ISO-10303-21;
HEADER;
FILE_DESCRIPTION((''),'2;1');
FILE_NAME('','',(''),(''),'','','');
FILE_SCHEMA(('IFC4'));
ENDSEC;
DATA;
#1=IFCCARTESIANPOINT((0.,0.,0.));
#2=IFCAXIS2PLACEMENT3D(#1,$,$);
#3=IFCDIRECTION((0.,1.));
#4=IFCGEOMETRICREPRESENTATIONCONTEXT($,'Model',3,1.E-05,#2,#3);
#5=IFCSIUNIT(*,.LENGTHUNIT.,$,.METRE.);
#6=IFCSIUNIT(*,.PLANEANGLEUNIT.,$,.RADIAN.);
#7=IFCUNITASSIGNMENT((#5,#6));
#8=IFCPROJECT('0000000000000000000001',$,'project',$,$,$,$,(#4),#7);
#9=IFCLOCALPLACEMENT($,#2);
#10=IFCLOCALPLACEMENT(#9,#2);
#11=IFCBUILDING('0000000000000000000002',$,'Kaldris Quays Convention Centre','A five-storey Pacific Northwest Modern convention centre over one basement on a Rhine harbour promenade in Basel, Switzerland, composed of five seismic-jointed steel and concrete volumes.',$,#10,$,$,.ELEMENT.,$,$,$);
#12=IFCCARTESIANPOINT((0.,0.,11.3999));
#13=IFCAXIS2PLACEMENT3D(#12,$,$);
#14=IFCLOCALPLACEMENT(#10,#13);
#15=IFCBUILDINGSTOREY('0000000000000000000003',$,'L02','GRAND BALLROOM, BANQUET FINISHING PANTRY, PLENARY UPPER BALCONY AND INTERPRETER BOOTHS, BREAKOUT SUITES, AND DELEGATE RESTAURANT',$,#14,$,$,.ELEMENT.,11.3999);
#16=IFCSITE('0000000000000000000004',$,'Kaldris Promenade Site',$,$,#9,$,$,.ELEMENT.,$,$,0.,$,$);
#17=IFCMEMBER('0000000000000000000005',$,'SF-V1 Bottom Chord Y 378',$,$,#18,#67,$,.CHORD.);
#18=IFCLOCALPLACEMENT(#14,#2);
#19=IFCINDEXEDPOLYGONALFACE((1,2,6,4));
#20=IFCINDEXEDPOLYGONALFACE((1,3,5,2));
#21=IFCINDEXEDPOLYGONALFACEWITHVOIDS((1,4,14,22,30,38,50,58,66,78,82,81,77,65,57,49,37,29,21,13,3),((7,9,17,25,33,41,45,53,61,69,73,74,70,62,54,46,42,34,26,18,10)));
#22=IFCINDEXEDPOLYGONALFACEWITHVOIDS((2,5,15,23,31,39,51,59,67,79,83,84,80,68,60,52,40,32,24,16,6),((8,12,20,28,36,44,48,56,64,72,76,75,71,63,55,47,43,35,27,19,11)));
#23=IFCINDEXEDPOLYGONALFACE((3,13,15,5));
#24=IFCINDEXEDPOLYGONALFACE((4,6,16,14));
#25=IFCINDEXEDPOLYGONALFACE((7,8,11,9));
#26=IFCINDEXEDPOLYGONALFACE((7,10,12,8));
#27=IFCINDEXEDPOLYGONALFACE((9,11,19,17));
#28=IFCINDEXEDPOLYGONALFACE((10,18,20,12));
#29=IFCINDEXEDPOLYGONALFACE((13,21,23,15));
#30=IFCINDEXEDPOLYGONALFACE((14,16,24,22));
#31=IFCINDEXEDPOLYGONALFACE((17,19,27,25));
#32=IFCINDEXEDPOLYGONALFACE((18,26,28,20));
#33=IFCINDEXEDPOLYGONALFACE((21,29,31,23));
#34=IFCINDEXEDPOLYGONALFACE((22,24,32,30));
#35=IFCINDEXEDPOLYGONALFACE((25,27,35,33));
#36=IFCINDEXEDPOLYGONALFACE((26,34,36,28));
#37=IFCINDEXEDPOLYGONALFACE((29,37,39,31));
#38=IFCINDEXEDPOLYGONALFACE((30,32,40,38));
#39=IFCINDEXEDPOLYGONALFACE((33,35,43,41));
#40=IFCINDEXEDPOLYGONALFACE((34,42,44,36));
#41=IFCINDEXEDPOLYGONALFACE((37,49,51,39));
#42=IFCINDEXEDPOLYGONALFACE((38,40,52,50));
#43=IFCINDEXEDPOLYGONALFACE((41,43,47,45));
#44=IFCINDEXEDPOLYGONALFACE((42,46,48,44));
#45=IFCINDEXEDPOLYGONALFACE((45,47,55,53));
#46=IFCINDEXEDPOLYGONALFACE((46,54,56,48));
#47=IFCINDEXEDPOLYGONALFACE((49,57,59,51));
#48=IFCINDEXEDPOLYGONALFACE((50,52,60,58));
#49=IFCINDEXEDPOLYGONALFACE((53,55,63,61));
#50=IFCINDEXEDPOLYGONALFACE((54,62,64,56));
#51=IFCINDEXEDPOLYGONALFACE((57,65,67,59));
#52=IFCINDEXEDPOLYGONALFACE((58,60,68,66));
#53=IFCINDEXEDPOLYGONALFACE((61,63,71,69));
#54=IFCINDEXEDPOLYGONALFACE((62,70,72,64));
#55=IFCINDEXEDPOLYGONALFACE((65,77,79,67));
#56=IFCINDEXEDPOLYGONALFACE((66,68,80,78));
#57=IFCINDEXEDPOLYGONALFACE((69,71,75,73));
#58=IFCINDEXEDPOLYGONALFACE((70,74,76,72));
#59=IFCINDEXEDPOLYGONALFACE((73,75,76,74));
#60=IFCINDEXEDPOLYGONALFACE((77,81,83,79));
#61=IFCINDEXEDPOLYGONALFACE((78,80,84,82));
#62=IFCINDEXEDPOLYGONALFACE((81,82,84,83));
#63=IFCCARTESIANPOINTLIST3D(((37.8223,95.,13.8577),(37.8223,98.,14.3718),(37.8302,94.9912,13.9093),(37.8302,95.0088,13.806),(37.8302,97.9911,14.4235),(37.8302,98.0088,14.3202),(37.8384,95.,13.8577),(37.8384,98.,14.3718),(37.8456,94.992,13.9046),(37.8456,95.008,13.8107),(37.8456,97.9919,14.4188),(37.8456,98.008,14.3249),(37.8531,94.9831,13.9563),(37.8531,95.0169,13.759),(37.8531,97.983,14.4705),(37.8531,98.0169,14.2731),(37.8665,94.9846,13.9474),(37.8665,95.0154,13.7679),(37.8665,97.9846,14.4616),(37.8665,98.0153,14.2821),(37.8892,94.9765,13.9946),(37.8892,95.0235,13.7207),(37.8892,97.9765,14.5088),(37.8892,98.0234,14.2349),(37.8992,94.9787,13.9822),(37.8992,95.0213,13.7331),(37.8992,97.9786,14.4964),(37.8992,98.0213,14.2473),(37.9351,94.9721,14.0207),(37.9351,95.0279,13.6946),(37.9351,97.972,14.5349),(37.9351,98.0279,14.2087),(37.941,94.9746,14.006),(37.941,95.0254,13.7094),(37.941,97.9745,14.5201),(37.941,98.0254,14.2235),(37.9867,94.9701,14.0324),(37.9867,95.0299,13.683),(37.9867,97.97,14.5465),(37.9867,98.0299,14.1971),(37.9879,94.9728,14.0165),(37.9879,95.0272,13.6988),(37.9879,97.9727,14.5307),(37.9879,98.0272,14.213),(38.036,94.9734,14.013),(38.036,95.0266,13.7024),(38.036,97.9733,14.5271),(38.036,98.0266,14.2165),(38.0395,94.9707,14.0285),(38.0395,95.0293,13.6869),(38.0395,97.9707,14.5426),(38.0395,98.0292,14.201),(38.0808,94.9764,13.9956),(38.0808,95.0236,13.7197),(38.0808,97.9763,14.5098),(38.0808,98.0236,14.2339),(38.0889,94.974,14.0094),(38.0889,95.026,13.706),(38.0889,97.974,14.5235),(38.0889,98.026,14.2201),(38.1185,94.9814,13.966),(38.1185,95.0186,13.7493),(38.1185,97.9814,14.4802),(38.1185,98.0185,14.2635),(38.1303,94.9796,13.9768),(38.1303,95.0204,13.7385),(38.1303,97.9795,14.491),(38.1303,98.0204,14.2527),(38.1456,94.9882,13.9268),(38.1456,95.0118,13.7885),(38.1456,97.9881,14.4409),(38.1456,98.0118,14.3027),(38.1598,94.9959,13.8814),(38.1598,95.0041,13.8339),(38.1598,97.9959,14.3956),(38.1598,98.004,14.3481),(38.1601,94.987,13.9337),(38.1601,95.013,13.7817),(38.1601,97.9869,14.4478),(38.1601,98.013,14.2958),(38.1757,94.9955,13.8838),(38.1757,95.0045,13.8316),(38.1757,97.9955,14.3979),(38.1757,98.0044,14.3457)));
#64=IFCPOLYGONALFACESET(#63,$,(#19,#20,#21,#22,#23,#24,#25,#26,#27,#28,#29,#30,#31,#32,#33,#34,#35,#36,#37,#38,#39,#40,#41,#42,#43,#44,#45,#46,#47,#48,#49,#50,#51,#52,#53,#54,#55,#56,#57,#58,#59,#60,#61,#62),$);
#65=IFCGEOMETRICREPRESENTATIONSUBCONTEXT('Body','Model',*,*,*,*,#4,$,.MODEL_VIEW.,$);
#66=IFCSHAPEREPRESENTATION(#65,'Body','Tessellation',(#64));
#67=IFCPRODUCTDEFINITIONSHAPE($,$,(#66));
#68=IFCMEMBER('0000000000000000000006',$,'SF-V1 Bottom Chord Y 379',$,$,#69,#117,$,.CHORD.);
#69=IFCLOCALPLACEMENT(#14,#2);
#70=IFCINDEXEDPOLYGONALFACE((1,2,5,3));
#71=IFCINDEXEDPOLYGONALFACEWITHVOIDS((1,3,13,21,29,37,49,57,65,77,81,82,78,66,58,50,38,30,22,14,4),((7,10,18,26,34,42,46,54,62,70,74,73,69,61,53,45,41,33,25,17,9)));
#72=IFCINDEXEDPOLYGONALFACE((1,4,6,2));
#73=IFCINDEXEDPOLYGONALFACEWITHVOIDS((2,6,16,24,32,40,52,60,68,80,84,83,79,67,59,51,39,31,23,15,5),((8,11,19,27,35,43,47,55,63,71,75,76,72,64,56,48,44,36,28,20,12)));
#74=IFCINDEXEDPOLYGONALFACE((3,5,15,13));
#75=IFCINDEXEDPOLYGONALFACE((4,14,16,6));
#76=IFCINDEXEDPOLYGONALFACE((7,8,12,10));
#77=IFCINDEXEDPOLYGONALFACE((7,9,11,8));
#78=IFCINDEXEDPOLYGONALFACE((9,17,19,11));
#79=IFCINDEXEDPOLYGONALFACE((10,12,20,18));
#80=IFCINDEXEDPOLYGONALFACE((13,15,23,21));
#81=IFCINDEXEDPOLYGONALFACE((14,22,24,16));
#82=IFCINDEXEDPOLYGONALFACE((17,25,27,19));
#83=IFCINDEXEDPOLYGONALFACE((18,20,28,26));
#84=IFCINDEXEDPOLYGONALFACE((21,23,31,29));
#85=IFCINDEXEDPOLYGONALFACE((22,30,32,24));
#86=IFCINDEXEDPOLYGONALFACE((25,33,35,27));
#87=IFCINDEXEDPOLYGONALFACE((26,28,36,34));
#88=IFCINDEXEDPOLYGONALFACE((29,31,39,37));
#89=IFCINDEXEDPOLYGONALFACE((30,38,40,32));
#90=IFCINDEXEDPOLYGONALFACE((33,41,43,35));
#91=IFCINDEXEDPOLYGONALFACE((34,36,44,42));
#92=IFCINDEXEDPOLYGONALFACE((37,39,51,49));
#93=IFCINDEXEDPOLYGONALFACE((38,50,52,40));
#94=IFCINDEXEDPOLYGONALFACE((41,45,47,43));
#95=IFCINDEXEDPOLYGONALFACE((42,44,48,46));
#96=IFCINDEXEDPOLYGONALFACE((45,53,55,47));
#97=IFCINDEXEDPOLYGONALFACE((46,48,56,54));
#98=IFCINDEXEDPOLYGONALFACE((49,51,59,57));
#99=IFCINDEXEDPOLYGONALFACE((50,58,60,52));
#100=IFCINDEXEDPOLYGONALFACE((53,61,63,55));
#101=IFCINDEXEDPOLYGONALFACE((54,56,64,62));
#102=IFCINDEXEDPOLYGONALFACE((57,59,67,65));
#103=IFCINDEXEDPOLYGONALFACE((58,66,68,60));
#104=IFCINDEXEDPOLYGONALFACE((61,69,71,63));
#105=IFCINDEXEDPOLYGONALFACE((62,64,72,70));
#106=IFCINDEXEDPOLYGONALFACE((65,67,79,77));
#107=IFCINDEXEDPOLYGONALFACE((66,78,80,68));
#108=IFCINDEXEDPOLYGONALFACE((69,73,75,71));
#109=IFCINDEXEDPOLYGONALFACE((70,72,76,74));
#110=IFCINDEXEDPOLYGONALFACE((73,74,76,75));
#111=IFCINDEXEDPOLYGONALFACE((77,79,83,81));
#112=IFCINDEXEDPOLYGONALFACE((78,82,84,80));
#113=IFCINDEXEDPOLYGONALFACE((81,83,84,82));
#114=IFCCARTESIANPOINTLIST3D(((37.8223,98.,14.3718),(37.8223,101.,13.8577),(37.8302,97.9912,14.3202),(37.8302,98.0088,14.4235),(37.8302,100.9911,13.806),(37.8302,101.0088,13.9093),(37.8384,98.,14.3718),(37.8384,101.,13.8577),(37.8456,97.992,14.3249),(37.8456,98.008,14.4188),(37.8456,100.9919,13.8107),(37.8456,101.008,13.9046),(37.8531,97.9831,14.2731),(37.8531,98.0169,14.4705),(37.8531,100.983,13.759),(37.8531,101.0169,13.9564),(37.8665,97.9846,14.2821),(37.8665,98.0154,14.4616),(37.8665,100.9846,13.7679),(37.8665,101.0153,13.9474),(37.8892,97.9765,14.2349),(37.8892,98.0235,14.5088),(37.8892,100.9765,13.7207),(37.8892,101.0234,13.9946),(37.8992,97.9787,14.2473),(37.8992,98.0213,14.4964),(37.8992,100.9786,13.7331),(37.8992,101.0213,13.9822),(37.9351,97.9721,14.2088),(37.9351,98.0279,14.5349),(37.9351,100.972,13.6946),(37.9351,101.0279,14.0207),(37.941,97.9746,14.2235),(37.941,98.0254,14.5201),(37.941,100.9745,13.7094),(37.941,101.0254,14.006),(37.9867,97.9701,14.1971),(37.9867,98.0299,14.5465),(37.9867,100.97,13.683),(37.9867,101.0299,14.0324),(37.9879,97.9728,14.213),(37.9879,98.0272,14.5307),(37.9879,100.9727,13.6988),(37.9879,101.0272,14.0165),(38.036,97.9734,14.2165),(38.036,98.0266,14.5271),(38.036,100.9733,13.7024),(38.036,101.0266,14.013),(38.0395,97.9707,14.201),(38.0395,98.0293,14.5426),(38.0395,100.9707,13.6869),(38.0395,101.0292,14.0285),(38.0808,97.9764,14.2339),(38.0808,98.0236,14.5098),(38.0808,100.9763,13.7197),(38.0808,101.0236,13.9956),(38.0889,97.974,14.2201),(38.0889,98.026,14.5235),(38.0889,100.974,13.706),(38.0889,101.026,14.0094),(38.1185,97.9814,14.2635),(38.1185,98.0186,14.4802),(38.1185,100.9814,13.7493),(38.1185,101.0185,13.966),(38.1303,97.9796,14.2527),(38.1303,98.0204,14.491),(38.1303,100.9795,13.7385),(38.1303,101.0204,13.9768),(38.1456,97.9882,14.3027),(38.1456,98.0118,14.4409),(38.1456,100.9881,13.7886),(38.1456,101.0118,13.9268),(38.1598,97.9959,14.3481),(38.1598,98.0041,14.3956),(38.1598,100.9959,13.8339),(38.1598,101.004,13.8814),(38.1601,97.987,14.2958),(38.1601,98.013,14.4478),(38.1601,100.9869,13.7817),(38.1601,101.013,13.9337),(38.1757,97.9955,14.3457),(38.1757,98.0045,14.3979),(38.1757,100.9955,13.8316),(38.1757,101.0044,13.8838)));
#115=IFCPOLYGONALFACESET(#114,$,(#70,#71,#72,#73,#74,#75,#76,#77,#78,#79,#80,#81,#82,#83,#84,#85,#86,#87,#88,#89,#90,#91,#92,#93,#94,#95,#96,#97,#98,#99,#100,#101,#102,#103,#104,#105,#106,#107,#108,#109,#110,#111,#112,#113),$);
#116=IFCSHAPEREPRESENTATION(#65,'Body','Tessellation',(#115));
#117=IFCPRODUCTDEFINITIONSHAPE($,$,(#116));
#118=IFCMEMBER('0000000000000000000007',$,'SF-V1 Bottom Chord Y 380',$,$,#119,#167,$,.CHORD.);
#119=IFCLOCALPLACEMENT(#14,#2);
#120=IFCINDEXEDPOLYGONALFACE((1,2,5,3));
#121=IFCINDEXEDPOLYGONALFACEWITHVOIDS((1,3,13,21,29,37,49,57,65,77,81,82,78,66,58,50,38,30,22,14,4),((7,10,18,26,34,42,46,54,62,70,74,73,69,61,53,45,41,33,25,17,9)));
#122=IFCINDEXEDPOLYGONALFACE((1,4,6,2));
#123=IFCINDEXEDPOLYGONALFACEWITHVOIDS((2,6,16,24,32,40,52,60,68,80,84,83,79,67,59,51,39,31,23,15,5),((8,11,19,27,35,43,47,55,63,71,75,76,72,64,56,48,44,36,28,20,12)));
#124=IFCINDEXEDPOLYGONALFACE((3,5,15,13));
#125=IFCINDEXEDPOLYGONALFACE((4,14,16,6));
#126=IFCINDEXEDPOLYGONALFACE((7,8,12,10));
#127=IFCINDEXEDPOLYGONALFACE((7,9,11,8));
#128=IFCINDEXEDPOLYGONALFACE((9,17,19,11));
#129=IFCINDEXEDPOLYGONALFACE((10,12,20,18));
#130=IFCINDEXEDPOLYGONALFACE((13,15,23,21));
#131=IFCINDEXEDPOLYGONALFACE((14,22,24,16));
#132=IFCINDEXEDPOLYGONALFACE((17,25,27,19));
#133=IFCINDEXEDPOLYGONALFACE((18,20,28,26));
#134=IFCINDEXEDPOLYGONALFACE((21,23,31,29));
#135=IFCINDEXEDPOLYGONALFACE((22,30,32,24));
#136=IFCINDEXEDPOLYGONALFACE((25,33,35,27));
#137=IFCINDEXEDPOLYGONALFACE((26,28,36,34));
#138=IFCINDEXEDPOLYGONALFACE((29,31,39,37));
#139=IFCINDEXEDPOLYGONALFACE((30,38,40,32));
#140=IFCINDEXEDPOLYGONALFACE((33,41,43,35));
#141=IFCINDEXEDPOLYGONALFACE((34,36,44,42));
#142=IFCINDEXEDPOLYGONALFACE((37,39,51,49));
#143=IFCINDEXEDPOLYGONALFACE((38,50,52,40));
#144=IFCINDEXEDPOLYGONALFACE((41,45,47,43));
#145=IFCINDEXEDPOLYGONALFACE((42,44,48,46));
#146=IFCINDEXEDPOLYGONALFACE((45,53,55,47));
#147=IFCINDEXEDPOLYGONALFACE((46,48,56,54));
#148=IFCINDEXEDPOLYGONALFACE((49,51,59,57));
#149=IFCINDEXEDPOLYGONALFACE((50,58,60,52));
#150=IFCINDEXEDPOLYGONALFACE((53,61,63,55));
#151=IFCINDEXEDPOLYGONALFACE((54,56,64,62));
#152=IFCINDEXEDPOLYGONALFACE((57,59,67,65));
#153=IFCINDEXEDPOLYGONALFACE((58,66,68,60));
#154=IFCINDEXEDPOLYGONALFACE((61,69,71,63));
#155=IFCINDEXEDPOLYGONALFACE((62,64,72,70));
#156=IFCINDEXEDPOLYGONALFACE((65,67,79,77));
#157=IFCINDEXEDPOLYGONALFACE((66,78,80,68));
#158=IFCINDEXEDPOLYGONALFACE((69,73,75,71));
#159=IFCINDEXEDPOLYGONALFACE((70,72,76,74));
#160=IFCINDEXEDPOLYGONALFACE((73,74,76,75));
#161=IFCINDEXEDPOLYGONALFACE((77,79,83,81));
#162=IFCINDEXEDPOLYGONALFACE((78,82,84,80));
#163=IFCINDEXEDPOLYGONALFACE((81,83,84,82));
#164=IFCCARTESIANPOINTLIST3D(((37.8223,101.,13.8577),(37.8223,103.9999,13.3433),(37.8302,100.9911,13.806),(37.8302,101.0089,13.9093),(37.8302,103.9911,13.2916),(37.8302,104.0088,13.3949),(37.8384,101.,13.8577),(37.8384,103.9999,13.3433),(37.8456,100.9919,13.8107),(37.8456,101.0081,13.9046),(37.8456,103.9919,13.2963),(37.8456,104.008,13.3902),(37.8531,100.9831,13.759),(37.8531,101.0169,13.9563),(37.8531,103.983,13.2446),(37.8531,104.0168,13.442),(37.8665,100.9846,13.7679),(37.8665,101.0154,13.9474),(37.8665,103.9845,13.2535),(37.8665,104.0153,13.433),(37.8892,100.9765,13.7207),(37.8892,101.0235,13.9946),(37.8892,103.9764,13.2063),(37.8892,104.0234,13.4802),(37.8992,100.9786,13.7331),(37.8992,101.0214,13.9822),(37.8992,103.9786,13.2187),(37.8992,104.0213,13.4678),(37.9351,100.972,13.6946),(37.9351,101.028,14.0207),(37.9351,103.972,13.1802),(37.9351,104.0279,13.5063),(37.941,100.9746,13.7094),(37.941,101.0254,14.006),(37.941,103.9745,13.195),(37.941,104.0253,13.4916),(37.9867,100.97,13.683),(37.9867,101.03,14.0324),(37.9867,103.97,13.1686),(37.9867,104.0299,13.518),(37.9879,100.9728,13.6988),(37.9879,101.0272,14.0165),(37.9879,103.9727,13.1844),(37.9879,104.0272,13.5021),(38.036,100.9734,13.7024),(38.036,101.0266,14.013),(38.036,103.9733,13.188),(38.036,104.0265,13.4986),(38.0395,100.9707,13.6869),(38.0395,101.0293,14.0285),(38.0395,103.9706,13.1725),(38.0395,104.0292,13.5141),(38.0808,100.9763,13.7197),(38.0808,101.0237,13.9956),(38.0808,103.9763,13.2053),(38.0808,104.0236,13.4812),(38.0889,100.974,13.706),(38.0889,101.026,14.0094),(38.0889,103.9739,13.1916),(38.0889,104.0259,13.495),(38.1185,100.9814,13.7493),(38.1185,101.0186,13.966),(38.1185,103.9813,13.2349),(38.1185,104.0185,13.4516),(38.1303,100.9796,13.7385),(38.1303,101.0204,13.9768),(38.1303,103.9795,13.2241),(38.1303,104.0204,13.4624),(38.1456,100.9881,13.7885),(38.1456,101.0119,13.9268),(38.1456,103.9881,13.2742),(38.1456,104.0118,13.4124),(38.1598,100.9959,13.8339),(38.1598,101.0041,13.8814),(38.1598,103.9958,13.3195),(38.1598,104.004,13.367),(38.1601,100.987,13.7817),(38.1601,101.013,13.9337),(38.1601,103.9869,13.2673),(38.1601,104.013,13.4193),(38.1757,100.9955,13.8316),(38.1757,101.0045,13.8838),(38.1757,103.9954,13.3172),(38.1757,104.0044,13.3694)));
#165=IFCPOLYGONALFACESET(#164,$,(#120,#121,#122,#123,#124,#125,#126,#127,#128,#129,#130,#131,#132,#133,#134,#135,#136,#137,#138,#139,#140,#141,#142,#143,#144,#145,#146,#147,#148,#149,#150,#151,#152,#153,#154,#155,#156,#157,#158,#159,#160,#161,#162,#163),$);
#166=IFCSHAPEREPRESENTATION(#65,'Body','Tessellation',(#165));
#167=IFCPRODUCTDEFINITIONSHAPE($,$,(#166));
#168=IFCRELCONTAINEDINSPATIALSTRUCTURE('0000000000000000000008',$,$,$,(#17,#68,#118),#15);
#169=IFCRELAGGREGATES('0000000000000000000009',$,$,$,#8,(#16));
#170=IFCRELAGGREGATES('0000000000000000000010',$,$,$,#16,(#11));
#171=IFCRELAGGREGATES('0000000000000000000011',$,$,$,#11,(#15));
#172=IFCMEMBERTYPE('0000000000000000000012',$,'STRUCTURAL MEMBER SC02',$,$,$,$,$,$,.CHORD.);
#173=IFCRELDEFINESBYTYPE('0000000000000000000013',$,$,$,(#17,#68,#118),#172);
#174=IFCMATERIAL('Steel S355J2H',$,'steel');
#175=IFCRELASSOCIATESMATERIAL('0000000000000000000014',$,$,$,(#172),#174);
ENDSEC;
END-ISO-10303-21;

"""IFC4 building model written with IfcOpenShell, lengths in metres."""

from ifc_helpers import new_model, si_unit, direction, frame, origin, origin_2d, place, context, subcontext, project, spatial, hollow_circle, extrude, material, material_profile, profile_set, type_object, element, save


model = new_model("IFC4")

# Units and contexts
model_context = context("Model", 3, precision=1e-05, world=origin(), true_north=direction((0.0, 1.0)))
body_context = subcontext(model_context, "Body", "Model", "MODEL_VIEW")
ifc_project = project(units=[si_unit("LENGTHUNIT", "METRE"), si_unit("PLANEANGLEUNIT", "RADIAN")], contexts=[model_context])

# Site, building, storey
site_placement = place(None, origin())
site = spatial("IfcSite", under=ifc_project, at=site_placement, Name="Kaldris Promenade Site", CompositionType="ELEMENT", RefElevation=0.0)
building_placement = place(site_placement, origin())
building = spatial("IfcBuilding", under=site, at=building_placement, Name="Kaldris Quays Convention Centre", Description="A five-storey Pacific Northwest Modern convention centre over one basement on a Rhine harbour promenade in Basel, Switzerland, composed of five seismic-jointed steel and concrete volumes.", CompositionType="ELEMENT")
storey_placement = place(building_placement, frame((0.0, 0.0, 11.3999)))
storey = spatial("IfcBuildingStorey", under=building, at=storey_placement, Name="L02", Description="GRAND BALLROOM, BANQUET FINISHING PANTRY, PLENARY UPPER BALCONY AND INTERPRETER BOOTHS, BREAKOUT SUITES, AND DELEGATE RESTAURANT", CompositionType="ELEMENT", Elevation=11.3999)

# Members
ifc_material_1 = material(Name="Steel S355J2H", Category="steel")
ifc_material_profile_1 = material_profile(ifc_material_1, hollow_circle(Radius=0.1777, WallThickness=0.0161, at=origin_2d()), Name="CHS 355.6x16")
ifc_profile_set_1 = profile_set([ifc_material_profile_1], Name="Steel S355J2H")
member_type_1 = type_object("IfcMemberType", Name="STRUCTURAL MEMBER SC02", PredefinedType="CHORD", material=ifc_profile_set_1)
for number, where, z_axis, x_axis, name in (
    (1, (38.0, 95.0, 13.8577), (0.0, 0.985629, 0.168924), (-1.0, 0.0, 0.0), "SF-V1 Bottom Chord Y 378"),
    (2, (38.0, 98.0, 14.3718), (0.0, 0.985629, -0.168924), (-1.0, 0.0, 0.0), "SF-V1 Bottom Chord Y 379"),
    (3, (38.0, 101.0, 13.8577), (0.0, 0.985616, -0.169002), (-1.0, 0.0, 0.0), "SF-V1 Bottom Chord Y 380"),
):
    element("IfcMember", number, at=place(storey_placement, frame(where, z_axis=z_axis, x_axis=x_axis)), inside=storey, type_object=member_type_1, Name=name, PredefinedType="CHORD", context=body_context, shape_type="SweptSolid", body=[
        extrude(hollow_circle(Radius=0.1777, WallThickness=0.0161, at=origin_2d()), origin(), (0.0, 0.0, 1.0), 3.0437),
    ])

save(model, "model.ifc")
